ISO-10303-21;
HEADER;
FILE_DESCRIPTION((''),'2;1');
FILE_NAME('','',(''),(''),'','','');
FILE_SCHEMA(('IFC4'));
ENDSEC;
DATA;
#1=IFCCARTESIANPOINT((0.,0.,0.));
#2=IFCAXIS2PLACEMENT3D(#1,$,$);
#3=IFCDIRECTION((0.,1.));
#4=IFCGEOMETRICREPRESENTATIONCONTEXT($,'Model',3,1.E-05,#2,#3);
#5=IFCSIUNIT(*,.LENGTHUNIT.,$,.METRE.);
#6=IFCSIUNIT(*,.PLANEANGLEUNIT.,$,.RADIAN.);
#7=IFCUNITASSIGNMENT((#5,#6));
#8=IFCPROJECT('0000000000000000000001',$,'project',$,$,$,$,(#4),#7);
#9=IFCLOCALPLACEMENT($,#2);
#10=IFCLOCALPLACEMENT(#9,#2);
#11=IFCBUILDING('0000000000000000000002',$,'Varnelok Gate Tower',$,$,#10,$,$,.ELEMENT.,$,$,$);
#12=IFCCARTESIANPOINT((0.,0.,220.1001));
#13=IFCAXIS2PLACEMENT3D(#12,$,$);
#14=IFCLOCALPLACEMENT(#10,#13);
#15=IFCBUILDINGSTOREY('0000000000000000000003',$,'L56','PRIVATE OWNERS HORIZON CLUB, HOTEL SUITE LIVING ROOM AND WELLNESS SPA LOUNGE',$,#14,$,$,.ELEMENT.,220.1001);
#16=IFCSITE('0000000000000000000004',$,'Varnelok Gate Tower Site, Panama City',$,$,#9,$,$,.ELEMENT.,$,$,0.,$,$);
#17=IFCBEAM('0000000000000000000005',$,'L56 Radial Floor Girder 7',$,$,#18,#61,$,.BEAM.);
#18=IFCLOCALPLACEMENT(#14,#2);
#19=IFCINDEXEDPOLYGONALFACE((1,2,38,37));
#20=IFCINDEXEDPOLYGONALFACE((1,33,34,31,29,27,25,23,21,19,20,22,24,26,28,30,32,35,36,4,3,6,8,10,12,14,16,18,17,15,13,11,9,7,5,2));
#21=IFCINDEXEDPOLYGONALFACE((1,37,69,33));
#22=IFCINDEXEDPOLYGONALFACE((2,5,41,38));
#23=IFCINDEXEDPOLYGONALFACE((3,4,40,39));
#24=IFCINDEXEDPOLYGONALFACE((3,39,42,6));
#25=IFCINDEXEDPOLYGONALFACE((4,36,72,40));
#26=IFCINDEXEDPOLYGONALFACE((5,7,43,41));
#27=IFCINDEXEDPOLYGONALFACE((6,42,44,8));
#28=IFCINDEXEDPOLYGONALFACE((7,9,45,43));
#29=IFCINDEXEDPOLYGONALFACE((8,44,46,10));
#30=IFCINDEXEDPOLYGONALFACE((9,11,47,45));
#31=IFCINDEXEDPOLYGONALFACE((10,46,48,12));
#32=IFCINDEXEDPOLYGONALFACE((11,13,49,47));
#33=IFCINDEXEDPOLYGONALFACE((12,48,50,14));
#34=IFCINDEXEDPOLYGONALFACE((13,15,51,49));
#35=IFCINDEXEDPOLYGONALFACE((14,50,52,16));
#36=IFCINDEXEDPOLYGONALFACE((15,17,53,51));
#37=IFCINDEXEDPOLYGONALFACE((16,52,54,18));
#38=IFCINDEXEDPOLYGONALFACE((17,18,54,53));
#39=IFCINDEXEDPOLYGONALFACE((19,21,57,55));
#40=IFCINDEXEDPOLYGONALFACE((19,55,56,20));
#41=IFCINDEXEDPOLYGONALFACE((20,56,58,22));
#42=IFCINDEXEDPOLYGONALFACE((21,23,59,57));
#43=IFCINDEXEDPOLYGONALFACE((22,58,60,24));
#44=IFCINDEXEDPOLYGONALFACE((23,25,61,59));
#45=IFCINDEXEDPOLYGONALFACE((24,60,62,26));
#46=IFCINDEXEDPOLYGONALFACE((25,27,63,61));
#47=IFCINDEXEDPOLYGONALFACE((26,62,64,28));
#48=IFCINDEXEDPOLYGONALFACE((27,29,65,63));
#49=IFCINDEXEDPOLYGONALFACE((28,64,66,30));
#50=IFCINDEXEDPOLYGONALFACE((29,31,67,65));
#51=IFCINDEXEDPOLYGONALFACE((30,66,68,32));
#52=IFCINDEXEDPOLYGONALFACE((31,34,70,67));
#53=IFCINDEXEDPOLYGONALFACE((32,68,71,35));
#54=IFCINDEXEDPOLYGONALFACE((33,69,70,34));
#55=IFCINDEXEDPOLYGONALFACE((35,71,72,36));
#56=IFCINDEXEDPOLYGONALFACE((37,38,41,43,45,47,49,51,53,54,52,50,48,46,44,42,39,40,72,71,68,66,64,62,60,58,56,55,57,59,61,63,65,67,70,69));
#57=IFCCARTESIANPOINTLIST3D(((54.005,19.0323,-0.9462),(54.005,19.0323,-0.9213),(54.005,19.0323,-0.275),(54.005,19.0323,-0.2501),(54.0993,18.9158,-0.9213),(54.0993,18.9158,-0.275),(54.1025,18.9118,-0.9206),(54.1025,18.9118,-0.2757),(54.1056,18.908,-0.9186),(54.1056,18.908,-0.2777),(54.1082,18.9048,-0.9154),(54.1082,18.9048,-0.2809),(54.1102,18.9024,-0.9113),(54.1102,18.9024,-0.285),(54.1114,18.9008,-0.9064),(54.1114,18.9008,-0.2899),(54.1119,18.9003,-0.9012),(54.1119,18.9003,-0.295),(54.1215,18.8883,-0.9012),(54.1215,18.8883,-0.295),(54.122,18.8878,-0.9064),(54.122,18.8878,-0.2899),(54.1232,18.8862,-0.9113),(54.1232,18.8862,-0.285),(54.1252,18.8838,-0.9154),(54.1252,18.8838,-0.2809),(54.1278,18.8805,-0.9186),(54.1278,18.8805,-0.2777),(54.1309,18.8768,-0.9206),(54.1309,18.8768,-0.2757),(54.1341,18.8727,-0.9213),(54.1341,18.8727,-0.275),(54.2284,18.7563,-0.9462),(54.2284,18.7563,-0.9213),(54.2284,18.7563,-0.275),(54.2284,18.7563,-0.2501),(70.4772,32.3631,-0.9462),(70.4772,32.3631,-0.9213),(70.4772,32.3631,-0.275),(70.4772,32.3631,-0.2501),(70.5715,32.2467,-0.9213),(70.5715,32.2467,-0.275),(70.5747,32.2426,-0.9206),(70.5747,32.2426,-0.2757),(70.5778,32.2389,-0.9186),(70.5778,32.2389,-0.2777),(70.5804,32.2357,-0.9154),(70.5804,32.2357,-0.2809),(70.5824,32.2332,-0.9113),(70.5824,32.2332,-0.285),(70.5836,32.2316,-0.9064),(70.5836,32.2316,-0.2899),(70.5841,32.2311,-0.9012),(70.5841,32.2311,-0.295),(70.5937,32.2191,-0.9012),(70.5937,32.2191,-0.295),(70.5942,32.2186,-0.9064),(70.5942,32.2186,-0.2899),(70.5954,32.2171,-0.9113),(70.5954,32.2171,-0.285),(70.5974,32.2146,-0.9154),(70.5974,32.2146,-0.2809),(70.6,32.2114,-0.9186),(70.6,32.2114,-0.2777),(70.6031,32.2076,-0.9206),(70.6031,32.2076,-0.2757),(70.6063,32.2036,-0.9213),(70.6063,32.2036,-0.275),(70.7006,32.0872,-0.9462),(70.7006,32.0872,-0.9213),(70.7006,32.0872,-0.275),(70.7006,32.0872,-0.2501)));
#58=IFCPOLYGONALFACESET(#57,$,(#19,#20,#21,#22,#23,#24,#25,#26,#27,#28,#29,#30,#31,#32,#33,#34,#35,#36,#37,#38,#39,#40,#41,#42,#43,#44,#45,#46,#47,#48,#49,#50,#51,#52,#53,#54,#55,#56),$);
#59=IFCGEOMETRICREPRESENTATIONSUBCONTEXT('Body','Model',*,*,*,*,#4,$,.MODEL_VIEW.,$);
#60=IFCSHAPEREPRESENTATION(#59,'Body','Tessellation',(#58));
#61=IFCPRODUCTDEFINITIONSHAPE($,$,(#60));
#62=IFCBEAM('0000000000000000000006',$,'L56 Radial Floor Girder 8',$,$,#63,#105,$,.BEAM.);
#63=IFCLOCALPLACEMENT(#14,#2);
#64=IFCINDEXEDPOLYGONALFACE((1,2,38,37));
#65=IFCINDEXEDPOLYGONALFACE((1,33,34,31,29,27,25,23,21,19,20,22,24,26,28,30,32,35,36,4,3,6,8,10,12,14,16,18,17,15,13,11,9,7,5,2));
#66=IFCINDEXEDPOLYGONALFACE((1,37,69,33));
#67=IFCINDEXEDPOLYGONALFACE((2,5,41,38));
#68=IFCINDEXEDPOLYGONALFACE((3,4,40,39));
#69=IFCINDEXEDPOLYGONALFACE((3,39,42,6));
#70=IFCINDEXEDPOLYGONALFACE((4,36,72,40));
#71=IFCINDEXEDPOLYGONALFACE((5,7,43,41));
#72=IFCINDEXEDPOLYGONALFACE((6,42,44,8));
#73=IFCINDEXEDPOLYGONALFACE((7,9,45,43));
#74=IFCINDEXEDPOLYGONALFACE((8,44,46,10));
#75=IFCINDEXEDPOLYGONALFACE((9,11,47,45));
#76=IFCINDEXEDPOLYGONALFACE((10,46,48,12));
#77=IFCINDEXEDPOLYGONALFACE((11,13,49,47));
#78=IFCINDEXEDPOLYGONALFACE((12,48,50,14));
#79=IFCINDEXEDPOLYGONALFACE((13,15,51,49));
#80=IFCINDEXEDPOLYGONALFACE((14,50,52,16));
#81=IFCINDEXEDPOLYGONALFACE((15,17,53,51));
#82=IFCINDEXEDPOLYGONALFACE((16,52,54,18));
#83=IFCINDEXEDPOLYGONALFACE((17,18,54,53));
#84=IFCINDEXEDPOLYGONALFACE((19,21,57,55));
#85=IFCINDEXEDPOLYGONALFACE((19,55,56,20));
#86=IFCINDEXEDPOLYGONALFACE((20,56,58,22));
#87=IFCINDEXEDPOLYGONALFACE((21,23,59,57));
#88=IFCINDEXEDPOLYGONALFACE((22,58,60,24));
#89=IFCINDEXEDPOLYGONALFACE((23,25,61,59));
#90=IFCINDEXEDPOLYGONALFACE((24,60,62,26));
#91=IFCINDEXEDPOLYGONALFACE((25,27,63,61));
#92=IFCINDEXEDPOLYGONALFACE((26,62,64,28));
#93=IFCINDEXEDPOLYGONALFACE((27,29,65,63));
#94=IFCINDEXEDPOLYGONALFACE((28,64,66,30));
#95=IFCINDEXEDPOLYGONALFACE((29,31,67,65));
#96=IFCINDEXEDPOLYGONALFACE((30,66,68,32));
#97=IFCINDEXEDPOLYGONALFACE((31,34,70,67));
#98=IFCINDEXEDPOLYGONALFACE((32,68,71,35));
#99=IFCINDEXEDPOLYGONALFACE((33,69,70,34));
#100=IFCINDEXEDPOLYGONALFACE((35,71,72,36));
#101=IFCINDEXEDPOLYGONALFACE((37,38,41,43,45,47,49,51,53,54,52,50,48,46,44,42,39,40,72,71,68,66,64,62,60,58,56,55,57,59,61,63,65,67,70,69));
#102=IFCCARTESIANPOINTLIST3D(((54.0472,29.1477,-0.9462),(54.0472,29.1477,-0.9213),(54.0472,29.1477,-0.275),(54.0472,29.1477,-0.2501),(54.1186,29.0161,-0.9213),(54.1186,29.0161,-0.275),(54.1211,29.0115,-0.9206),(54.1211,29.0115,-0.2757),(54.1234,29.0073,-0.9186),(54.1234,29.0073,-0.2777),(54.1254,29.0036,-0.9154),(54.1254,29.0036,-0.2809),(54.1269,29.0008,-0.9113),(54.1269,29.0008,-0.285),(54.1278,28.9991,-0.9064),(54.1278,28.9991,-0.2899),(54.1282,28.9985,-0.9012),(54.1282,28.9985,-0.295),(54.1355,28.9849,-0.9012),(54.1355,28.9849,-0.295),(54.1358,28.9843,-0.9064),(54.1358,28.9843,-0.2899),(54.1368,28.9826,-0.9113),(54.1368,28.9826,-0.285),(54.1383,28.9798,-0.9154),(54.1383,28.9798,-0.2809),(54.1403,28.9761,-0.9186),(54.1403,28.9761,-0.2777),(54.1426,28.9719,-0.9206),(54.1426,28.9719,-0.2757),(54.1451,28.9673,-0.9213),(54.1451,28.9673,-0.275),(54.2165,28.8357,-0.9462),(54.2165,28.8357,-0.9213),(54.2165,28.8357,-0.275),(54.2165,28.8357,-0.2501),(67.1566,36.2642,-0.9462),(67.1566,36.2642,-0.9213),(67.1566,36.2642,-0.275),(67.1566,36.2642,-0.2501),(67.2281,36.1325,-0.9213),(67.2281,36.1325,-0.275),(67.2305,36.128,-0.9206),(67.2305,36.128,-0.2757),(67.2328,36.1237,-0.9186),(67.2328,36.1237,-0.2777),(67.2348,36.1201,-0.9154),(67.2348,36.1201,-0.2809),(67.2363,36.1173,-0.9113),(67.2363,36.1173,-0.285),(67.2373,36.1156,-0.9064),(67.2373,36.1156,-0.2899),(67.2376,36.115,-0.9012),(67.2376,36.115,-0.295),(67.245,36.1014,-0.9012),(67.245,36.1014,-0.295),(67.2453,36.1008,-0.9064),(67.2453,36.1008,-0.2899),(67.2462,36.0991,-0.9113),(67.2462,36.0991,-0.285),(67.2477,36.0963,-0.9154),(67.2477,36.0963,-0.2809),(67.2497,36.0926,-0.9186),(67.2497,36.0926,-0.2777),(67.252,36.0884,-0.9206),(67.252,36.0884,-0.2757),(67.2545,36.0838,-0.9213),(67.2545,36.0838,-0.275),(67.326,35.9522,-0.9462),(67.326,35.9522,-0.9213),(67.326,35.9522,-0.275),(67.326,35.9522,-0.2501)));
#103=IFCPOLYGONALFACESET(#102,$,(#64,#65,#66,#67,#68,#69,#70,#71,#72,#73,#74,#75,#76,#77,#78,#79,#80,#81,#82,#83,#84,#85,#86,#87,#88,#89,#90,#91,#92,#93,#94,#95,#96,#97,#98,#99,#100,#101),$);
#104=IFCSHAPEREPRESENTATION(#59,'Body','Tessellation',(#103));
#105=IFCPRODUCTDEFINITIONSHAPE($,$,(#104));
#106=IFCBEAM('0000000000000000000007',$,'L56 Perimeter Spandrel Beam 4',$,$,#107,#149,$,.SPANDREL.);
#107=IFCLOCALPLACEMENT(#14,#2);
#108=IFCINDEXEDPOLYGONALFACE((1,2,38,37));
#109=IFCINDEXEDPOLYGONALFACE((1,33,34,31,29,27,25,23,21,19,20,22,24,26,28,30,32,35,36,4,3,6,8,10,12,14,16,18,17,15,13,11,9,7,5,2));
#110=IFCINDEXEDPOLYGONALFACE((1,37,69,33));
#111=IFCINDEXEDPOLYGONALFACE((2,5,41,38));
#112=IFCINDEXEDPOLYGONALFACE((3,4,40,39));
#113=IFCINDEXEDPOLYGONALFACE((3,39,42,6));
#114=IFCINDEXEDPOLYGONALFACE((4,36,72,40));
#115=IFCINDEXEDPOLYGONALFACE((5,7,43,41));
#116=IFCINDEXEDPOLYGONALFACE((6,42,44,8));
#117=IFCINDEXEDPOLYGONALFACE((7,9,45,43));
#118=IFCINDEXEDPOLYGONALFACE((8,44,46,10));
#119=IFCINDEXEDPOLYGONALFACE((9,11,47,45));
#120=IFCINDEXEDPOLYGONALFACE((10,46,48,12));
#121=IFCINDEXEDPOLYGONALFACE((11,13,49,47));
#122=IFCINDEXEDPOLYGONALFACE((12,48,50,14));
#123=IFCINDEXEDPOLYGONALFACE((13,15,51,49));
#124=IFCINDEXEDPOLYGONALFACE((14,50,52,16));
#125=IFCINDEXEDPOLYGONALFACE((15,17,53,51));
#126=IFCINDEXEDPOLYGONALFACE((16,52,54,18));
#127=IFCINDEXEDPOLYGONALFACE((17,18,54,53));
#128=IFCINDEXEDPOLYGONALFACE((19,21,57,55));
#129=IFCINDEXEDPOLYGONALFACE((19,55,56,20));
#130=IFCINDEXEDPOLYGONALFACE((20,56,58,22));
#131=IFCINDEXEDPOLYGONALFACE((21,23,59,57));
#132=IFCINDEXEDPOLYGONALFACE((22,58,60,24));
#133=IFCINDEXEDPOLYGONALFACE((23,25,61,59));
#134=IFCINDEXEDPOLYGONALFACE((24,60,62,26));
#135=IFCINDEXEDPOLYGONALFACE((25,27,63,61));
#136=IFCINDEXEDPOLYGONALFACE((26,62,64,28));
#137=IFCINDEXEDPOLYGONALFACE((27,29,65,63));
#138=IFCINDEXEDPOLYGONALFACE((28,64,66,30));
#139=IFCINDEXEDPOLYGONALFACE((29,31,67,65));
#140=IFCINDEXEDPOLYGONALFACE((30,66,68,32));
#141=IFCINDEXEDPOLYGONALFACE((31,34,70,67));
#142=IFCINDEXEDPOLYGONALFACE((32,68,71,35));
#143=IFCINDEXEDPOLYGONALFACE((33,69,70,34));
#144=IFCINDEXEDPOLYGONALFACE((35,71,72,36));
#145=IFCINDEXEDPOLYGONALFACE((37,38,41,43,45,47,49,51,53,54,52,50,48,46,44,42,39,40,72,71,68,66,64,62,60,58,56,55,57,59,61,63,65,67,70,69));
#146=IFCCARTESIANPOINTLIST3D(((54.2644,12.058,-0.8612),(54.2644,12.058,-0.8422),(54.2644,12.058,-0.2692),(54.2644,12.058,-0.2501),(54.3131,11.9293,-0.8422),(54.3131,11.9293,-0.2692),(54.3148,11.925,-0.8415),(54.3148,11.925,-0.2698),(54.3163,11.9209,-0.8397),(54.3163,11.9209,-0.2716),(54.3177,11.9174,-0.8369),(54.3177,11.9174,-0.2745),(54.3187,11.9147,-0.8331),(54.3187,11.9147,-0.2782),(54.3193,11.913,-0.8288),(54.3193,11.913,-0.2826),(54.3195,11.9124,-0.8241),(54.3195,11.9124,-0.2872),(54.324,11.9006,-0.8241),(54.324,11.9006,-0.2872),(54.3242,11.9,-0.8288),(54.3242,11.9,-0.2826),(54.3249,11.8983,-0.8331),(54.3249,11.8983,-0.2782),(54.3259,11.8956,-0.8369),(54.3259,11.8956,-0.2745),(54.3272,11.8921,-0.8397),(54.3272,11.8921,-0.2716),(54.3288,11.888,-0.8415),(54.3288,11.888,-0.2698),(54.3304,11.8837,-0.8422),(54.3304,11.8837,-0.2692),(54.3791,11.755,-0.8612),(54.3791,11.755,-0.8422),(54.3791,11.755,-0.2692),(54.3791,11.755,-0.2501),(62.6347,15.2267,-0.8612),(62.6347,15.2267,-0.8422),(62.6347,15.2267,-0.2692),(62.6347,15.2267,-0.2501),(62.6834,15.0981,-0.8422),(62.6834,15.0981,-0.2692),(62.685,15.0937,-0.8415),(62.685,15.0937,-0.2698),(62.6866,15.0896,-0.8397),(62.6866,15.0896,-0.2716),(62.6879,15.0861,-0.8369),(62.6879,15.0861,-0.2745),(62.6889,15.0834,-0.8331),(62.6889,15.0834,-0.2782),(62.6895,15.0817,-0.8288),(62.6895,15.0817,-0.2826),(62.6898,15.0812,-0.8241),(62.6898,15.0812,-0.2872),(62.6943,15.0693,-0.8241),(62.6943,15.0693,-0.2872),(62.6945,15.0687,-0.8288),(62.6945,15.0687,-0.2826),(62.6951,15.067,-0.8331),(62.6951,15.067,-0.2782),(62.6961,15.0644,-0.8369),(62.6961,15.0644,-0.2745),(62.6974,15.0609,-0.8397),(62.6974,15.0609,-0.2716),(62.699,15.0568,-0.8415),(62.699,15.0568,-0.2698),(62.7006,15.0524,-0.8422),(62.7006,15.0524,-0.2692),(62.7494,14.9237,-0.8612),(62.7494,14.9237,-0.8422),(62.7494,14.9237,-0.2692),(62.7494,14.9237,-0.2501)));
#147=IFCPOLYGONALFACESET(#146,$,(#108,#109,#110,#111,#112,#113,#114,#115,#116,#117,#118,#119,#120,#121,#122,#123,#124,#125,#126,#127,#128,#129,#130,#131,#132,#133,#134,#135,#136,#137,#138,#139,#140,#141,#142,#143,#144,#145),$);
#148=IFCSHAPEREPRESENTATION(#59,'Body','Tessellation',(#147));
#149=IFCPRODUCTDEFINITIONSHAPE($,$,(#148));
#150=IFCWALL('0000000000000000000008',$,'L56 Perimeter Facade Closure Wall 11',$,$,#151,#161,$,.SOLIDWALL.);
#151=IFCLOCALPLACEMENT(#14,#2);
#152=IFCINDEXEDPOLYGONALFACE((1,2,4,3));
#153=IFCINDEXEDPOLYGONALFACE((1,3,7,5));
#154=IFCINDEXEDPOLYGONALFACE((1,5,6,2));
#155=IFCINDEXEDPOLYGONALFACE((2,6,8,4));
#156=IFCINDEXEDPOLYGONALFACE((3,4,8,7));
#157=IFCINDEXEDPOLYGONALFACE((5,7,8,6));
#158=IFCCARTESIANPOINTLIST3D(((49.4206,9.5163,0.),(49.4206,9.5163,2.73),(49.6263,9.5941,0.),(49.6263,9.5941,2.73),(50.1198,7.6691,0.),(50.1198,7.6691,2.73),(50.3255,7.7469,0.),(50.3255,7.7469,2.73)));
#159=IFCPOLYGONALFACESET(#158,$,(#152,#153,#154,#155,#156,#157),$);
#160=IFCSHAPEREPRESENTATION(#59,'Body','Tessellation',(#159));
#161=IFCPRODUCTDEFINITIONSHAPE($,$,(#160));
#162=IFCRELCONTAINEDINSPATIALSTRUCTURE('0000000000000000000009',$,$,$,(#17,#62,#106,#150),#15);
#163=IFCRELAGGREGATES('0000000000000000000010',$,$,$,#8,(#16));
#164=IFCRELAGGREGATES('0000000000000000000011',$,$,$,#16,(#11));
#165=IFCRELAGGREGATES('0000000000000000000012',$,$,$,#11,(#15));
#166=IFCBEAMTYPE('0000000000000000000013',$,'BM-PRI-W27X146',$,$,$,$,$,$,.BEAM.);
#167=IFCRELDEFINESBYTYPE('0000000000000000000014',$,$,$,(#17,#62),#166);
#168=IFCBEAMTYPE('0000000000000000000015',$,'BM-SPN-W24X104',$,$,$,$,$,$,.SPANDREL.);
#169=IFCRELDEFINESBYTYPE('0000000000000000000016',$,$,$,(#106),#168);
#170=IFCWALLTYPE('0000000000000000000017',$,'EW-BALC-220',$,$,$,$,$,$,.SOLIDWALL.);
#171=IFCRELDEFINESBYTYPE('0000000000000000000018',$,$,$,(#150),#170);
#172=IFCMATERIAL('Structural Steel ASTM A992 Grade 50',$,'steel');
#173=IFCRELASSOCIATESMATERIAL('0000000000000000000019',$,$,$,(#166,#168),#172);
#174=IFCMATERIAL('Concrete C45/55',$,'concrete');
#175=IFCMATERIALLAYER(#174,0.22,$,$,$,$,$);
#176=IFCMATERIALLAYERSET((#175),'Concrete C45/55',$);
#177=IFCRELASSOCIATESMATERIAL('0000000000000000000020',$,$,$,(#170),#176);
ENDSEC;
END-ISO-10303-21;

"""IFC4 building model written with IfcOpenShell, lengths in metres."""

from ifc_helpers import new_model, si_unit, direction, frame, frame_2d, origin, origin_2d, place, context, subcontext, project, spatial, rectangle, i_section, extrude, material, layer, layer_set, material_profile, profile_set, type_object, element, save


model = new_model("IFC4")

# Units and contexts
model_context = context("Model", 3, precision=1e-05, world=origin(), true_north=direction((0.0, 1.0)))
body_context = subcontext(model_context, "Body", "Model", "MODEL_VIEW")
ifc_project = project(units=[si_unit("LENGTHUNIT", "METRE"), si_unit("PLANEANGLEUNIT", "RADIAN")], contexts=[model_context])

# Site, building, storey
site_placement = place(None, origin())
site = spatial("IfcSite", under=ifc_project, at=site_placement, Name="Varnelok Gate Tower Site, Panama City", CompositionType="ELEMENT", RefElevation=0.0)
building_placement = place(site_placement, origin())
building = spatial("IfcBuilding", under=site, at=building_placement, Name="Varnelok Gate Tower", CompositionType="ELEMENT")
storey_placement = place(building_placement, frame((0.0, 0.0, 220.1001)))
storey = spatial("IfcBuildingStorey", under=building, at=storey_placement, Name="L56", Description="PRIVATE OWNERS HORIZON CLUB, HOTEL SUITE LIVING ROOM AND WELLNESS SPA LOUNGE", CompositionType="ELEMENT", Elevation=220.1001)

# Shared definitions
ifc_material_1 = material(Name="Structural Steel ASTM A992 Grade 50", Category="steel")

# Beams
ifc_material_profile_1 = material_profile(ifc_material_1, i_section(OverallWidth=0.355, OverallDepth=0.696, WebThickness=0.0154, FlangeThickness=0.0249, FilletRadius=0.02, at=origin_2d()), Name="W27X146")
ifc_profile_set_1 = profile_set([ifc_material_profile_1], Name="Structural Steel ASTM A992 Grade 50")
beam_type_1 = type_object("IfcBeamType", Name="BM-PRI-W27X146", PredefinedType="BEAM", material=ifc_profile_set_1)
beam_1_placement = place(storey_placement, frame((54.1167, 18.8943, -0.5981), z_axis=(0.777333, 0.62909, 0.0), x_axis=(-0.62909, 0.777333, 0.0)))
element("IfcBeam", 1, at=beam_1_placement, inside=storey, type_object=beam_type_1, Name="L56 Radial Floor Girder 7", PredefinedType="BEAM", context=body_context, shape_type="SweptSolid", body=[
    extrude(i_section(OverallWidth=0.355, OverallDepth=0.696, WebThickness=0.0154, FlangeThickness=0.0249, FilletRadius=0.02, at=origin_2d()), origin(), (0.0, 0.0, 1.0), 21.1907),
])
beam_2_placement = place(storey_placement, frame((54.1318, 28.9917, -0.5981), z_axis=(0.878855, 0.477089, 0.0), x_axis=(-0.477089, 0.878855, 0.0)))
element("IfcBeam", 2, at=beam_2_placement, inside=storey, type_object=beam_type_1, Name="L56 Radial Floor Girder 8", PredefinedType="BEAM", context=body_context, shape_type="SweptSolid", body=[
    extrude(i_section(OverallWidth=0.355, OverallDepth=0.696, WebThickness=0.0154, FlangeThickness=0.0249, FilletRadius=0.02, at=origin_2d()), origin(), (0.0, 0.0, 1.0), 14.9165),
])
ifc_material_profile_2 = material_profile(ifc_material_1, i_section(OverallWidth=0.324, OverallDepth=0.6111, WebThickness=0.0127, FlangeThickness=0.019, FilletRadius=0.0181, at=origin_2d()), Name="W24X104")
ifc_profile_set_2 = profile_set([ifc_material_profile_2], Name="Structural Steel ASTM A992 Grade 50")
beam_type_2 = type_object("IfcBeamType", Name="BM-SPN-W24X104", PredefinedType="SPANDREL", material=ifc_profile_set_2)
beam_3_placement = place(storey_placement, frame((54.3218, 11.9065, -0.5557), z_axis=(0.935226, 0.354051, 0.0), x_axis=(-0.354051, 0.935226, 0.0)))
element("IfcBeam", 3, at=beam_3_placement, inside=storey, type_object=beam_type_2, Name="L56 Perimeter Spandrel Beam 4", PredefinedType="SPANDREL", context=body_context, shape_type="SweptSolid", body=[
    extrude(i_section(OverallWidth=0.324, OverallDepth=0.6111, WebThickness=0.0127, FlangeThickness=0.019, FilletRadius=0.0181, at=origin_2d()), origin(), (0.0, 0.0, 1.0), 8.95),
])

# Wall
ifc_material_2 = material(Name="Concrete C45/55", Category="concrete")
ifc_layer_1 = layer(ifc_material_2, 0.22)
ifc_layer_set_1 = layer_set([ifc_layer_1], Name="Concrete C45/55")
wall_type_1 = type_object("IfcWallType", Name="EW-BALC-220", PredefinedType="SOLIDWALL", material=ifc_layer_set_1)
wall_1_placement = place(storey_placement, frame((50.2227, 7.708, 0.0), z_axis=(0.0, 0.0, 1.0), x_axis=(-0.354021, 0.935238, 0.0)))
element("IfcWall", 4, at=wall_1_placement, inside=storey, type_object=wall_type_1, Name="L56 Perimeter Facade Closure Wall 11", PredefinedType="SOLIDWALL", context=body_context, shape_type="SweptSolid", body=[
    extrude(rectangle(XDim=1.9751, YDim=0.22, at=frame_2d((0.9875, 0.0))), origin(), (0.0, 0.0, 1.0), 2.73),
])

save(model, "model.ifc")
